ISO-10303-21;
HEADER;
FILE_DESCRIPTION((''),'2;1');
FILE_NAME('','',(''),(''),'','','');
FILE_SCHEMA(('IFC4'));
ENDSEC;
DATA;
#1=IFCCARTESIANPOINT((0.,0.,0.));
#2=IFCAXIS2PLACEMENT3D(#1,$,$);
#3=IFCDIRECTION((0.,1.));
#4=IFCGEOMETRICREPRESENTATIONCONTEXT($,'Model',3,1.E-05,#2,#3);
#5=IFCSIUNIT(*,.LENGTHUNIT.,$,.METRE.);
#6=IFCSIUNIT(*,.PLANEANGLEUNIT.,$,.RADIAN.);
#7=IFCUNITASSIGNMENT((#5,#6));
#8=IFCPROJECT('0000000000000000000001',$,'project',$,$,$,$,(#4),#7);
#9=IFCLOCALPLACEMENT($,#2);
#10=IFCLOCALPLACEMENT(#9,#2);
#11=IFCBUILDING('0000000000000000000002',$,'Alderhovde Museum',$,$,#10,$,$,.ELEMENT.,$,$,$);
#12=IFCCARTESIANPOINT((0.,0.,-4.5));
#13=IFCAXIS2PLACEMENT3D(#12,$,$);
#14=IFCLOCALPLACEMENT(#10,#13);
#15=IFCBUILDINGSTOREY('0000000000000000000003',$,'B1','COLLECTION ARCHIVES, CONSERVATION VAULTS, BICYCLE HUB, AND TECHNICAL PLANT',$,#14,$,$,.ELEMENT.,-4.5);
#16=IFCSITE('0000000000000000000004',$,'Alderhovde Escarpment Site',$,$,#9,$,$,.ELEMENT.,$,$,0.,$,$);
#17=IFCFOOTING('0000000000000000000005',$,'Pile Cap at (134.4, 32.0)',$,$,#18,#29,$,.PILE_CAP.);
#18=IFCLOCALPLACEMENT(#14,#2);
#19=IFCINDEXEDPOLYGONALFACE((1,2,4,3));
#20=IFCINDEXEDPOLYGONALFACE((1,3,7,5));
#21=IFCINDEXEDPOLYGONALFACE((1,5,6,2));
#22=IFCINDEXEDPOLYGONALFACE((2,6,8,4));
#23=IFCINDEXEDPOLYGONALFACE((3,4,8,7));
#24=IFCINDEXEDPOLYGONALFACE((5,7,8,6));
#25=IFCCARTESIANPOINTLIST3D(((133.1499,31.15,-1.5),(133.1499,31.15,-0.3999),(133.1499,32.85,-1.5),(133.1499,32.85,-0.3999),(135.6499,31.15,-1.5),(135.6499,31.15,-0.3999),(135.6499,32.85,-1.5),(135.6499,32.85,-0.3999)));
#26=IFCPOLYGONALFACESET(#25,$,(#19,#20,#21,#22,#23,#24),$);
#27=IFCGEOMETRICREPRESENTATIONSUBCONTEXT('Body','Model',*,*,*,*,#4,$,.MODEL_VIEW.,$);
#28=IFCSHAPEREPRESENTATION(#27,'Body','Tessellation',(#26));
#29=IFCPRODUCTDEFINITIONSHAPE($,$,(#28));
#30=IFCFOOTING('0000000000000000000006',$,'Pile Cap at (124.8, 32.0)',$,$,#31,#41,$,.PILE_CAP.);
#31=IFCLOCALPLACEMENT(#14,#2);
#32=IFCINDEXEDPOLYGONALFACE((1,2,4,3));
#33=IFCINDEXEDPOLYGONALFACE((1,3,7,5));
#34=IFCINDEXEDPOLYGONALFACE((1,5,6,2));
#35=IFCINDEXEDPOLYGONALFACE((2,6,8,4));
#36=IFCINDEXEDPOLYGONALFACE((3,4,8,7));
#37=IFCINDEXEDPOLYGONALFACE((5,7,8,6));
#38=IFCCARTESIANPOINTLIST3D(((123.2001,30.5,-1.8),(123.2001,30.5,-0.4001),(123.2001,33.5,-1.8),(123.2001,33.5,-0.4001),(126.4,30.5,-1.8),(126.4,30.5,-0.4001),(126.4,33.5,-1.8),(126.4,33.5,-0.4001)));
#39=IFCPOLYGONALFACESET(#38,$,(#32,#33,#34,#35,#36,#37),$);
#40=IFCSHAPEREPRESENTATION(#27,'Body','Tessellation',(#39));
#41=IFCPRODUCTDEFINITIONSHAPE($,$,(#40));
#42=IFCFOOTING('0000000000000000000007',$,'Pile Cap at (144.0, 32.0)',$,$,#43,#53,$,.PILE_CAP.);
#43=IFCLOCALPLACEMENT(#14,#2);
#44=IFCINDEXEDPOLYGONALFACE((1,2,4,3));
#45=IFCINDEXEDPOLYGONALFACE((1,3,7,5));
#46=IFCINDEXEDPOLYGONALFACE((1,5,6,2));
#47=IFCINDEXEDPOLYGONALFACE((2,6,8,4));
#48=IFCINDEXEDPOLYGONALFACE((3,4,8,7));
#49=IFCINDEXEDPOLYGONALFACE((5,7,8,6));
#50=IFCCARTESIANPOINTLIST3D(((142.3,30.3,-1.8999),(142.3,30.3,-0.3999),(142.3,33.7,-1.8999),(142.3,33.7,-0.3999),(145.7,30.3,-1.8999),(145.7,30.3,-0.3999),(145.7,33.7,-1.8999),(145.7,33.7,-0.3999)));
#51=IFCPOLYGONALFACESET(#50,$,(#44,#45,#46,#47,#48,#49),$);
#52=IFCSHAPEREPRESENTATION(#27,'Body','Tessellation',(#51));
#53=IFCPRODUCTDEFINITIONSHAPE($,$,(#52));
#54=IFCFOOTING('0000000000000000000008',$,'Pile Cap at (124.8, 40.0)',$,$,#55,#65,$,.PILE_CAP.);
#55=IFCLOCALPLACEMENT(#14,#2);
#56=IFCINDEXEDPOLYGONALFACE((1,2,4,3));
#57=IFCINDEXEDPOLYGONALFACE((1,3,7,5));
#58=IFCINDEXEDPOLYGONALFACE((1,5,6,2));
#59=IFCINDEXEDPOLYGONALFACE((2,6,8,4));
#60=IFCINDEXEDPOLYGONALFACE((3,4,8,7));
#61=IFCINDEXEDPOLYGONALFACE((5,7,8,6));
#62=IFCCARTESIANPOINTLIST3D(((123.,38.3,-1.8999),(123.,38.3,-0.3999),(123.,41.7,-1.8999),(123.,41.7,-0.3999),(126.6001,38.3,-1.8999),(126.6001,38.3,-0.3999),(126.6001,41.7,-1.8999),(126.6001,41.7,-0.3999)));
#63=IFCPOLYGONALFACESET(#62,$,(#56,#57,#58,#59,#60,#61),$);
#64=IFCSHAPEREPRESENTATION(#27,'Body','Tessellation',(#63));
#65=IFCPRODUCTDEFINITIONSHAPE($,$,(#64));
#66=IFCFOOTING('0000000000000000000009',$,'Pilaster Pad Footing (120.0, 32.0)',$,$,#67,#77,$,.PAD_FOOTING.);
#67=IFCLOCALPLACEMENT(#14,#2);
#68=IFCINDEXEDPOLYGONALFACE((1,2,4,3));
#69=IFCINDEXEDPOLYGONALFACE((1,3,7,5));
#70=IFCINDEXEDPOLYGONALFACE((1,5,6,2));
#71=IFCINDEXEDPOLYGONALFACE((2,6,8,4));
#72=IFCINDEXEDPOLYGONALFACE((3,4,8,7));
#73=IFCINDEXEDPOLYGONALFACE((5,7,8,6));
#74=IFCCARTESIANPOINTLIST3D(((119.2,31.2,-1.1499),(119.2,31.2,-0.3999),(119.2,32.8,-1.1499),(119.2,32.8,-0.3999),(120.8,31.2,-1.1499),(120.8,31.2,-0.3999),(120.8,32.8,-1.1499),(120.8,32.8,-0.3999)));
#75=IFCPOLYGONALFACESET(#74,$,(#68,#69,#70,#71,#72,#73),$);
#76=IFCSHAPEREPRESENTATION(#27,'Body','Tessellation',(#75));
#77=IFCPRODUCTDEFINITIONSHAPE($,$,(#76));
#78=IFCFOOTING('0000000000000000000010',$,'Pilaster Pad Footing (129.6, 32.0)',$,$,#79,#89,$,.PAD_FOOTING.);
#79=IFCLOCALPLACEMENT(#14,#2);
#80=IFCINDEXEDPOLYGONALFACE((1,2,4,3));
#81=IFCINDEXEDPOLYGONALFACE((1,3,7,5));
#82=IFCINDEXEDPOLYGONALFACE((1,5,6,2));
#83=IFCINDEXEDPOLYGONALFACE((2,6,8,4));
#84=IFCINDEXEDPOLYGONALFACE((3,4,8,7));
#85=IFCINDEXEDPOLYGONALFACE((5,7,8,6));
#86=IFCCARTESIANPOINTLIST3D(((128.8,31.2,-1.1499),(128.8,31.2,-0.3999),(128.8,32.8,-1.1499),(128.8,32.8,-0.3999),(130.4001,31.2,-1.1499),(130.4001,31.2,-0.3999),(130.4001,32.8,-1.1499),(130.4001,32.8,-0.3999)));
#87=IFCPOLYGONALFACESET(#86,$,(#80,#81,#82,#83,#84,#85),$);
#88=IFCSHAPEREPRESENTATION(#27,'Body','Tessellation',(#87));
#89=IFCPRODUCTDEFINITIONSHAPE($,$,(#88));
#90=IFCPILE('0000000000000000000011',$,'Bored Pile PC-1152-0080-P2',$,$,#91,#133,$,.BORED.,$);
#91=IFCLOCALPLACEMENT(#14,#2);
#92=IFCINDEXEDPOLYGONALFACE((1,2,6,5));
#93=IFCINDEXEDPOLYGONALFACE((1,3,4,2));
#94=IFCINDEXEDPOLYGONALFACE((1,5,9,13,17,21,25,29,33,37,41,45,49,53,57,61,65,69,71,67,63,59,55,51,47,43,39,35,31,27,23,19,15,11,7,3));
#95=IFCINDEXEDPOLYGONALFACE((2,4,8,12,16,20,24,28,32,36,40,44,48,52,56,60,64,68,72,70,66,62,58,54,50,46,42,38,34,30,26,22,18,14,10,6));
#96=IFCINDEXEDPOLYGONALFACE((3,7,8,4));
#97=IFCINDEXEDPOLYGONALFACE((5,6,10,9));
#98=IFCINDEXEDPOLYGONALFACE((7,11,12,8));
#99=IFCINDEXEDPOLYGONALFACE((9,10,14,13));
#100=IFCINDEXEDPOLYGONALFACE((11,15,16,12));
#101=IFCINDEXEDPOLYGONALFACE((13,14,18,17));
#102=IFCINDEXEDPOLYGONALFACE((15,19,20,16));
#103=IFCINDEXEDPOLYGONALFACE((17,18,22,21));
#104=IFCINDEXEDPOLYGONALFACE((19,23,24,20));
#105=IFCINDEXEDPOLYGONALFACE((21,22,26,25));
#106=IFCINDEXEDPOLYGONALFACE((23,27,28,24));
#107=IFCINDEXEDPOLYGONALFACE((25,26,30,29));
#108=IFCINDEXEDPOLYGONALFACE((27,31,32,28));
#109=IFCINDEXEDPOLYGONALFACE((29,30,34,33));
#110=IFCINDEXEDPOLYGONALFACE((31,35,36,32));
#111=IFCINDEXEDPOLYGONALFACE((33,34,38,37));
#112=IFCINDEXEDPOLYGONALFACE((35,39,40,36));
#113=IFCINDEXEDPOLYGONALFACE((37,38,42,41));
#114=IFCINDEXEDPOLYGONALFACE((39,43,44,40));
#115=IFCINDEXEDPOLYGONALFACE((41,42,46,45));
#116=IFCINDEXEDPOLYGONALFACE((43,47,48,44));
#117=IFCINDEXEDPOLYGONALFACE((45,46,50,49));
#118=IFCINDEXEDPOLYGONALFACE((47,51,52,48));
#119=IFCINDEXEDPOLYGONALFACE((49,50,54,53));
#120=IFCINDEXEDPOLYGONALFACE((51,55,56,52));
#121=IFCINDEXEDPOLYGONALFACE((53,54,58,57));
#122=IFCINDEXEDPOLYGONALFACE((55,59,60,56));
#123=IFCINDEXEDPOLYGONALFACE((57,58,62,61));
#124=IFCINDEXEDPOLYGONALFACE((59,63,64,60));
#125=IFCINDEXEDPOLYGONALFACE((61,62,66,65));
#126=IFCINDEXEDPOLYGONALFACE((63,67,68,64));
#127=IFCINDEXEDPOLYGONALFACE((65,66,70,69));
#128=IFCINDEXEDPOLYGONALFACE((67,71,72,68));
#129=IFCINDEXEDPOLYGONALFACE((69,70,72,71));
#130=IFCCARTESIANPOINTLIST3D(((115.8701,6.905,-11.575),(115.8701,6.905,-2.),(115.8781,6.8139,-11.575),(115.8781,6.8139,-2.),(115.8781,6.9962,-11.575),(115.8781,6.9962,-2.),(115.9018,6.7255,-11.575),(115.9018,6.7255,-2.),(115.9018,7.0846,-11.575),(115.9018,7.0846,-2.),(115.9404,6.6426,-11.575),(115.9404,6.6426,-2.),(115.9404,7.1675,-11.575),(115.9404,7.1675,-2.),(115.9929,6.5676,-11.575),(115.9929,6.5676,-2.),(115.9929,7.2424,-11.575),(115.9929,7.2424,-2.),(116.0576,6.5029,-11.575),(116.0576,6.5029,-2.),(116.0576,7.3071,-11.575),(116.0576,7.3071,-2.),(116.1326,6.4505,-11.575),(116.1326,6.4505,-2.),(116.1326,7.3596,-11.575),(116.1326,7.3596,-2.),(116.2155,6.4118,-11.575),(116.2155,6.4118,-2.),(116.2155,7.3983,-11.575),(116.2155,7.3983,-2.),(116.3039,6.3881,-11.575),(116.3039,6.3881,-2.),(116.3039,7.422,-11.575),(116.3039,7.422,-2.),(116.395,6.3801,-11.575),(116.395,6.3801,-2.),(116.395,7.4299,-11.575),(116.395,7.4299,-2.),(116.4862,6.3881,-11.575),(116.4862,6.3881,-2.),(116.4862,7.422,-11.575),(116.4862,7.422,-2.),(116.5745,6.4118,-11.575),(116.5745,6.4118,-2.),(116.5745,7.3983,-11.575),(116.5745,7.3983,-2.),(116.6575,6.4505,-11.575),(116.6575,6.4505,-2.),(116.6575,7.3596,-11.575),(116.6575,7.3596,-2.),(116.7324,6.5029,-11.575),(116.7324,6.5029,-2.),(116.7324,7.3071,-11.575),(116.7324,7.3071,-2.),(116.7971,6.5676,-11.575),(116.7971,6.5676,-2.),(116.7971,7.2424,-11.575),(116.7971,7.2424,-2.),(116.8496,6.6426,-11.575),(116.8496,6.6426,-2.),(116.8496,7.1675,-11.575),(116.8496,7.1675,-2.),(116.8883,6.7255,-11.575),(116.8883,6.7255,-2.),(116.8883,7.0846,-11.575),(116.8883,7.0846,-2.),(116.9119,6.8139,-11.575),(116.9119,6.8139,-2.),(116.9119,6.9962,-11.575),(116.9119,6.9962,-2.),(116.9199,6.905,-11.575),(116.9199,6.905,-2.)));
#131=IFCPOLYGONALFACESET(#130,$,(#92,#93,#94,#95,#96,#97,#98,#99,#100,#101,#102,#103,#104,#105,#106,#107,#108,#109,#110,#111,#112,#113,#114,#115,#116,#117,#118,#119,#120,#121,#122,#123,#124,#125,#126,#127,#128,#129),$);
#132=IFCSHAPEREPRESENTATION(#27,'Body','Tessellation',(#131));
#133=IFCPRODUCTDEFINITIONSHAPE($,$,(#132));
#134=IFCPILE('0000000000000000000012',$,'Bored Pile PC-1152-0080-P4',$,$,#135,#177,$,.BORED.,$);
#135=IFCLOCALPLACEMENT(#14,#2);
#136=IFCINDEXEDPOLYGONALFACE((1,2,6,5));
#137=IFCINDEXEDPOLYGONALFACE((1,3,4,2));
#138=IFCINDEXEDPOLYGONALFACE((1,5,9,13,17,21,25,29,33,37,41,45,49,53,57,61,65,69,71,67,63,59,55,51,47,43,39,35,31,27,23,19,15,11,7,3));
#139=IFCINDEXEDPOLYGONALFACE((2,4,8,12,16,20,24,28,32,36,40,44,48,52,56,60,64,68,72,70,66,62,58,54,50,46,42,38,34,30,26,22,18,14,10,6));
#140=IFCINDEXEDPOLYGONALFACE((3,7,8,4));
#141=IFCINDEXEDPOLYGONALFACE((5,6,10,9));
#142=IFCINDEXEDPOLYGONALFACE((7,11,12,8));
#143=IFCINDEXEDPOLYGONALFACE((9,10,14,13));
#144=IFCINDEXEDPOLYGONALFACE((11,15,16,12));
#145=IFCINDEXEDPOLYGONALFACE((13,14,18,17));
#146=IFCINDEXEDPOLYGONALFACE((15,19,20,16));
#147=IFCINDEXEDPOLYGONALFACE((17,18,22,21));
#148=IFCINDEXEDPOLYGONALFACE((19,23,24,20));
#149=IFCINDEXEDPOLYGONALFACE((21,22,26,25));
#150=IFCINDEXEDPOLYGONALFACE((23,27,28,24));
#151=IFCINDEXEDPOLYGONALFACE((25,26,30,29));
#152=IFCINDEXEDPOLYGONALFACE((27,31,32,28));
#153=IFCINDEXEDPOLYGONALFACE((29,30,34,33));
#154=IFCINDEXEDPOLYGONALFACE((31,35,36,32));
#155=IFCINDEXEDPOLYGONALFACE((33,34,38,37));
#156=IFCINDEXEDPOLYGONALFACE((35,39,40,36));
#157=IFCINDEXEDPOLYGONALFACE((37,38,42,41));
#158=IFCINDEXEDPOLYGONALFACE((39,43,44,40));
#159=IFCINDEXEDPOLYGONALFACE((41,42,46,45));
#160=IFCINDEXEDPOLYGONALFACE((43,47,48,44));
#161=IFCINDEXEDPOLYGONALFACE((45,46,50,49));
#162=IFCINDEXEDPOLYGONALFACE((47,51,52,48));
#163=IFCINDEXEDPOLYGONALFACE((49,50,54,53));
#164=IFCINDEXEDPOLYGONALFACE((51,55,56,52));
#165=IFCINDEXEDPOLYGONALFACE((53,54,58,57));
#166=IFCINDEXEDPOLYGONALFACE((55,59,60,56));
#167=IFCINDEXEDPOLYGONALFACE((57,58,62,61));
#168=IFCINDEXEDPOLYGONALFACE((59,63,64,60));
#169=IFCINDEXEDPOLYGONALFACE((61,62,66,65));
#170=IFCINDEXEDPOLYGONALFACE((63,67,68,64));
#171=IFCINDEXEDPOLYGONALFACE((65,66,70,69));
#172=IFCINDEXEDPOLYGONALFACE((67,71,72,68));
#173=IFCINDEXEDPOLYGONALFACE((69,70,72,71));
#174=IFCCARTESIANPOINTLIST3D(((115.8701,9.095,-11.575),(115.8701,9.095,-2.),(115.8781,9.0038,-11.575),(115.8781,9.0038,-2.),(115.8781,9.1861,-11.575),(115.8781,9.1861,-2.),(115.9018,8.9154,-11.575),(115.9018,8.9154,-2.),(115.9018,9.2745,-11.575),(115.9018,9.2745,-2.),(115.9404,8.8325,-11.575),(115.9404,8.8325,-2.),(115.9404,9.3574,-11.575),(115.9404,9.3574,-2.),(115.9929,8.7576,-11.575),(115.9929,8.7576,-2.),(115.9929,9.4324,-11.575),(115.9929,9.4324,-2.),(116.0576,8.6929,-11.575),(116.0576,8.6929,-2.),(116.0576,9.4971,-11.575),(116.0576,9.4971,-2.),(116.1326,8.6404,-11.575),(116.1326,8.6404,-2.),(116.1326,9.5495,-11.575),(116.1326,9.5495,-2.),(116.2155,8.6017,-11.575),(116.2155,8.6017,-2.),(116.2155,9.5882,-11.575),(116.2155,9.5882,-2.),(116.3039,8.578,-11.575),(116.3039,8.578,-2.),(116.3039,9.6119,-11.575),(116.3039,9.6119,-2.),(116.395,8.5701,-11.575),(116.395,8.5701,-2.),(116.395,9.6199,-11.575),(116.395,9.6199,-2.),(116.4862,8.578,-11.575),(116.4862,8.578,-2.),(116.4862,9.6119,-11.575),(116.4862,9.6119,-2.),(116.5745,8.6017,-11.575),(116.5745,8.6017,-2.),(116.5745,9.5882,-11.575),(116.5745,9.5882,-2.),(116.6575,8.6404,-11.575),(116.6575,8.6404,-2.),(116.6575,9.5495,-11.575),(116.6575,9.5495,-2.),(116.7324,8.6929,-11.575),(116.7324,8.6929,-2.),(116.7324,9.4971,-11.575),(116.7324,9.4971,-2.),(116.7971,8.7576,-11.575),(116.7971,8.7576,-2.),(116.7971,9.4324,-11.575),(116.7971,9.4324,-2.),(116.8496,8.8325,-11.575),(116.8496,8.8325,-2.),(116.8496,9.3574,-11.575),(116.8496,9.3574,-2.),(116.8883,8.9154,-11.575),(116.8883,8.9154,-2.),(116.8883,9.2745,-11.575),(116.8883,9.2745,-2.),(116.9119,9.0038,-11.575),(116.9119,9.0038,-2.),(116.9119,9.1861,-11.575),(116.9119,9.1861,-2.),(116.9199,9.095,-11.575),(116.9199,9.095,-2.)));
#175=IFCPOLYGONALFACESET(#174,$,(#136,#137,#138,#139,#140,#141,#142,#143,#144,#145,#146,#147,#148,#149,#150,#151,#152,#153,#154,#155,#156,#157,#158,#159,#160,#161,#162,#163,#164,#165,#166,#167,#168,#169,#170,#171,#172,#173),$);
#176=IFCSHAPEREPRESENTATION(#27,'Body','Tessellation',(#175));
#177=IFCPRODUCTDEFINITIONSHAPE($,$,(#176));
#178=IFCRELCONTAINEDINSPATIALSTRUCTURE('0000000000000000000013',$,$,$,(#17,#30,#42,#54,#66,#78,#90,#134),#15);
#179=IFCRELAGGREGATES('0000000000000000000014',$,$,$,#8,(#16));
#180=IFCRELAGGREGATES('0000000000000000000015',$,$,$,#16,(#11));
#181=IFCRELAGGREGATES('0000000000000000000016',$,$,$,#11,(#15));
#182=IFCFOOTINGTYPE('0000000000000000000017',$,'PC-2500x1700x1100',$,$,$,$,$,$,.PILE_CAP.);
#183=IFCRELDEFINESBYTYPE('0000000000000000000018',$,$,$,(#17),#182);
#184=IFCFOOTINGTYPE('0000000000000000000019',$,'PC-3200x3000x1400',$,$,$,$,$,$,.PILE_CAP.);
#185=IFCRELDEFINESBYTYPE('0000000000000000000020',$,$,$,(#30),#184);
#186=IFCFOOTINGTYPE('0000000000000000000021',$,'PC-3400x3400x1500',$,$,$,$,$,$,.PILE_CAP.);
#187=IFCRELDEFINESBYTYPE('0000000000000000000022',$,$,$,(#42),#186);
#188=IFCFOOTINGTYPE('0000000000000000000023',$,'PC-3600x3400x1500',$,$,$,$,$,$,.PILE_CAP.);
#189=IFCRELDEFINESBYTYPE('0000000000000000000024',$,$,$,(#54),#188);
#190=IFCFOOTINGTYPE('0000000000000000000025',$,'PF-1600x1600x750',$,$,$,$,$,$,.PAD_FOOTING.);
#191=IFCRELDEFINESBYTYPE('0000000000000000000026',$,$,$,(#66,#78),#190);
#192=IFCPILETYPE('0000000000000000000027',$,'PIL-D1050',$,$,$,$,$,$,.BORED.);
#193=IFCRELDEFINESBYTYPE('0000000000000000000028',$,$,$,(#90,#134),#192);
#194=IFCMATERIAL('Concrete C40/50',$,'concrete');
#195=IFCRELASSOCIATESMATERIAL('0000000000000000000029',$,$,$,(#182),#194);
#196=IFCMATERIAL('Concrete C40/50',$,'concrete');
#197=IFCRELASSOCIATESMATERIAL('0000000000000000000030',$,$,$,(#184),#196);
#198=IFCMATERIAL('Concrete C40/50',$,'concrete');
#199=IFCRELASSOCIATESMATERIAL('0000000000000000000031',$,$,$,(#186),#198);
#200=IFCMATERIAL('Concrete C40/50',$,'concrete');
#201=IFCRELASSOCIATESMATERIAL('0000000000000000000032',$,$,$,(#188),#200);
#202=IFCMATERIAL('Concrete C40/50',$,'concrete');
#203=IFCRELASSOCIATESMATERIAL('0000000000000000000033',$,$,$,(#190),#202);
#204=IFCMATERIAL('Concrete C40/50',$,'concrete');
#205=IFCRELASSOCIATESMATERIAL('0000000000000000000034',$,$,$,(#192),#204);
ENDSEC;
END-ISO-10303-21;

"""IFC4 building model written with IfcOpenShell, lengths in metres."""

from ifc_helpers import new_model, si_unit, direction, frame, origin, origin_2d, place, context, subcontext, project, spatial, rectangle, circle, extrude, material, material_profile, profile_set, type_object, element, save


model = new_model("IFC4")

# Units and contexts
model_context = context("Model", 3, precision=1e-05, world=origin(), true_north=direction((0.0, 1.0)))
body_context = subcontext(model_context, "Body", "Model", "MODEL_VIEW")
ifc_project = project(units=[si_unit("LENGTHUNIT", "METRE"), si_unit("PLANEANGLEUNIT", "RADIAN")], contexts=[model_context])

# Site, building, storey
site_placement = place(None, origin())
site = spatial("IfcSite", under=ifc_project, at=site_placement, Name="Alderhovde Escarpment Site", CompositionType="ELEMENT", RefElevation=0.0)
building_placement = place(site_placement, origin())
building = spatial("IfcBuilding", under=site, at=building_placement, Name="Alderhovde Museum", CompositionType="ELEMENT")
storey_placement = place(building_placement, frame((0.0, 0.0, -4.5)))
storey = spatial("IfcBuildingStorey", under=building, at=storey_placement, Name="B1", Description="COLLECTION ARCHIVES, CONSERVATION VAULTS, BICYCLE HUB, AND TECHNICAL PLANT", CompositionType="ELEMENT", Elevation=-4.5)

# Footings
ifc_material_1 = material(Name="Concrete C40/50", Category="concrete")
footing_type_1 = type_object("IfcFootingType", Name="PC-2500x1700x1100", PredefinedType="PILE_CAP", material=ifc_material_1)
footing_1_placement = place(storey_placement, frame((134.3999, 32.0, -1.5), z_axis=(0.0, 0.0, 1.0), x_axis=(1.0, 0.0, 0.0)))
element("IfcFooting", 1, at=footing_1_placement, inside=storey, type_object=footing_type_1, Name="Pile Cap at (134.4, 32.0)", PredefinedType="PILE_CAP", context=body_context, shape_type="SweptSolid", body=[
    extrude(rectangle(XDim=2.5, YDim=1.7, at=origin_2d()), origin(), (0.0, 0.0, 1.0), 1.1001),
])
ifc_material_2 = material(Name="Concrete C40/50", Category="concrete")
footing_type_2 = type_object("IfcFootingType", Name="PC-3200x3000x1400", PredefinedType="PILE_CAP", material=ifc_material_2)
footing_2_placement = place(storey_placement, frame((124.8, 32.0, -1.8), z_axis=(0.0, 0.0, 1.0), x_axis=(1.0, 0.0, 0.0)))
element("IfcFooting", 2, at=footing_2_placement, inside=storey, type_object=footing_type_2, Name="Pile Cap at (124.8, 32.0)", PredefinedType="PILE_CAP", context=body_context, shape_type="SweptSolid", body=[
    extrude(rectangle(XDim=3.2, YDim=3.0, at=origin_2d()), origin(), (0.0, 0.0, 1.0), 1.3999),
])
ifc_material_3 = material(Name="Concrete C40/50", Category="concrete")
footing_type_3 = type_object("IfcFootingType", Name="PC-3400x3400x1500", PredefinedType="PILE_CAP", material=ifc_material_3)
footing_3_placement = place(storey_placement, frame((144.0, 32.0, -1.8999), z_axis=(0.0, 0.0, 1.0), x_axis=(1.0, 0.0, 0.0)))
element("IfcFooting", 3, at=footing_3_placement, inside=storey, type_object=footing_type_3, Name="Pile Cap at (144.0, 32.0)", PredefinedType="PILE_CAP", context=body_context, shape_type="SweptSolid", body=[
    extrude(rectangle(XDim=3.3999, YDim=3.3999, at=origin_2d()), origin(), (0.0, 0.0, 1.0), 1.5),
])
ifc_material_4 = material(Name="Concrete C40/50", Category="concrete")
footing_type_4 = type_object("IfcFootingType", Name="PC-3600x3400x1500", PredefinedType="PILE_CAP", material=ifc_material_4)
footing_4_placement = place(storey_placement, frame((124.8, 40.0, -1.8999), z_axis=(0.0, 0.0, 1.0), x_axis=(1.0, 0.0, 0.0)))
element("IfcFooting", 4, at=footing_4_placement, inside=storey, type_object=footing_type_4, Name="Pile Cap at (124.8, 40.0)", PredefinedType="PILE_CAP", context=body_context, shape_type="SweptSolid", body=[
    extrude(rectangle(XDim=3.6001, YDim=3.3999, at=origin_2d()), origin(), (0.0, 0.0, 1.0), 1.5),
])
ifc_material_5 = material(Name="Concrete C40/50", Category="concrete")
footing_type_5 = type_object("IfcFootingType", Name="PF-1600x1600x750", PredefinedType="PAD_FOOTING", material=ifc_material_5)
for number, where, z_axis, x_axis, name in (
    (5, (120.0, 32.0, -1.1499), (0.0, 0.0, 1.0), (1.0, 0.0, 0.0), "Pilaster Pad Footing (120.0, 32.0)"),
    (6, (129.6001, 32.0, -1.1499), (0.0, 0.0, 1.0), (1.0, 0.0, 0.0), "Pilaster Pad Footing (129.6, 32.0)"),
):
    element("IfcFooting", number, at=place(storey_placement, frame(where, z_axis=z_axis, x_axis=x_axis)), inside=storey, type_object=footing_type_5, Name=name, PredefinedType="PAD_FOOTING", context=body_context, shape_type="SweptSolid", body=[
        extrude(rectangle(XDim=1.6001, YDim=1.6001, at=origin_2d()), origin(), (0.0, 0.0, 1.0), 0.75),
    ])

# Piles
ifc_material_6 = material(Name="Concrete C40/50", Category="concrete")
ifc_material_profile_1 = material_profile(ifc_material_6, circle(Radius=0.5249, at=origin_2d()), Name="PILE-D1050")
ifc_profile_set_1 = profile_set([ifc_material_profile_1], Name="Concrete C40/50")
pile_type_1 = type_object("IfcPileType", Name="PIL-D1050", PredefinedType="BORED", material=ifc_profile_set_1)
for number, where, z_axis, x_axis, name in (
    (7, (116.395, 6.905, -2.0), (0.0, 0.0, -1.0), (1.0, 0.0, 0.0), "Bored Pile PC-1152-0080-P2"),
    (8, (116.395, 9.095, -2.0), (0.0, 0.0, -1.0), (1.0, 0.0, 0.0), "Bored Pile PC-1152-0080-P4"),
):
    element("IfcPile", number, at=place(storey_placement, frame(where, z_axis=z_axis, x_axis=x_axis)), inside=storey, type_object=pile_type_1, Name=name, PredefinedType="BORED", context=body_context, shape_type="SweptSolid", body=[
        extrude(circle(Radius=0.5249, at=origin_2d()), origin(), (0.0, 0.0, 1.0), 9.575),
    ])

save(model, "model.ifc")
